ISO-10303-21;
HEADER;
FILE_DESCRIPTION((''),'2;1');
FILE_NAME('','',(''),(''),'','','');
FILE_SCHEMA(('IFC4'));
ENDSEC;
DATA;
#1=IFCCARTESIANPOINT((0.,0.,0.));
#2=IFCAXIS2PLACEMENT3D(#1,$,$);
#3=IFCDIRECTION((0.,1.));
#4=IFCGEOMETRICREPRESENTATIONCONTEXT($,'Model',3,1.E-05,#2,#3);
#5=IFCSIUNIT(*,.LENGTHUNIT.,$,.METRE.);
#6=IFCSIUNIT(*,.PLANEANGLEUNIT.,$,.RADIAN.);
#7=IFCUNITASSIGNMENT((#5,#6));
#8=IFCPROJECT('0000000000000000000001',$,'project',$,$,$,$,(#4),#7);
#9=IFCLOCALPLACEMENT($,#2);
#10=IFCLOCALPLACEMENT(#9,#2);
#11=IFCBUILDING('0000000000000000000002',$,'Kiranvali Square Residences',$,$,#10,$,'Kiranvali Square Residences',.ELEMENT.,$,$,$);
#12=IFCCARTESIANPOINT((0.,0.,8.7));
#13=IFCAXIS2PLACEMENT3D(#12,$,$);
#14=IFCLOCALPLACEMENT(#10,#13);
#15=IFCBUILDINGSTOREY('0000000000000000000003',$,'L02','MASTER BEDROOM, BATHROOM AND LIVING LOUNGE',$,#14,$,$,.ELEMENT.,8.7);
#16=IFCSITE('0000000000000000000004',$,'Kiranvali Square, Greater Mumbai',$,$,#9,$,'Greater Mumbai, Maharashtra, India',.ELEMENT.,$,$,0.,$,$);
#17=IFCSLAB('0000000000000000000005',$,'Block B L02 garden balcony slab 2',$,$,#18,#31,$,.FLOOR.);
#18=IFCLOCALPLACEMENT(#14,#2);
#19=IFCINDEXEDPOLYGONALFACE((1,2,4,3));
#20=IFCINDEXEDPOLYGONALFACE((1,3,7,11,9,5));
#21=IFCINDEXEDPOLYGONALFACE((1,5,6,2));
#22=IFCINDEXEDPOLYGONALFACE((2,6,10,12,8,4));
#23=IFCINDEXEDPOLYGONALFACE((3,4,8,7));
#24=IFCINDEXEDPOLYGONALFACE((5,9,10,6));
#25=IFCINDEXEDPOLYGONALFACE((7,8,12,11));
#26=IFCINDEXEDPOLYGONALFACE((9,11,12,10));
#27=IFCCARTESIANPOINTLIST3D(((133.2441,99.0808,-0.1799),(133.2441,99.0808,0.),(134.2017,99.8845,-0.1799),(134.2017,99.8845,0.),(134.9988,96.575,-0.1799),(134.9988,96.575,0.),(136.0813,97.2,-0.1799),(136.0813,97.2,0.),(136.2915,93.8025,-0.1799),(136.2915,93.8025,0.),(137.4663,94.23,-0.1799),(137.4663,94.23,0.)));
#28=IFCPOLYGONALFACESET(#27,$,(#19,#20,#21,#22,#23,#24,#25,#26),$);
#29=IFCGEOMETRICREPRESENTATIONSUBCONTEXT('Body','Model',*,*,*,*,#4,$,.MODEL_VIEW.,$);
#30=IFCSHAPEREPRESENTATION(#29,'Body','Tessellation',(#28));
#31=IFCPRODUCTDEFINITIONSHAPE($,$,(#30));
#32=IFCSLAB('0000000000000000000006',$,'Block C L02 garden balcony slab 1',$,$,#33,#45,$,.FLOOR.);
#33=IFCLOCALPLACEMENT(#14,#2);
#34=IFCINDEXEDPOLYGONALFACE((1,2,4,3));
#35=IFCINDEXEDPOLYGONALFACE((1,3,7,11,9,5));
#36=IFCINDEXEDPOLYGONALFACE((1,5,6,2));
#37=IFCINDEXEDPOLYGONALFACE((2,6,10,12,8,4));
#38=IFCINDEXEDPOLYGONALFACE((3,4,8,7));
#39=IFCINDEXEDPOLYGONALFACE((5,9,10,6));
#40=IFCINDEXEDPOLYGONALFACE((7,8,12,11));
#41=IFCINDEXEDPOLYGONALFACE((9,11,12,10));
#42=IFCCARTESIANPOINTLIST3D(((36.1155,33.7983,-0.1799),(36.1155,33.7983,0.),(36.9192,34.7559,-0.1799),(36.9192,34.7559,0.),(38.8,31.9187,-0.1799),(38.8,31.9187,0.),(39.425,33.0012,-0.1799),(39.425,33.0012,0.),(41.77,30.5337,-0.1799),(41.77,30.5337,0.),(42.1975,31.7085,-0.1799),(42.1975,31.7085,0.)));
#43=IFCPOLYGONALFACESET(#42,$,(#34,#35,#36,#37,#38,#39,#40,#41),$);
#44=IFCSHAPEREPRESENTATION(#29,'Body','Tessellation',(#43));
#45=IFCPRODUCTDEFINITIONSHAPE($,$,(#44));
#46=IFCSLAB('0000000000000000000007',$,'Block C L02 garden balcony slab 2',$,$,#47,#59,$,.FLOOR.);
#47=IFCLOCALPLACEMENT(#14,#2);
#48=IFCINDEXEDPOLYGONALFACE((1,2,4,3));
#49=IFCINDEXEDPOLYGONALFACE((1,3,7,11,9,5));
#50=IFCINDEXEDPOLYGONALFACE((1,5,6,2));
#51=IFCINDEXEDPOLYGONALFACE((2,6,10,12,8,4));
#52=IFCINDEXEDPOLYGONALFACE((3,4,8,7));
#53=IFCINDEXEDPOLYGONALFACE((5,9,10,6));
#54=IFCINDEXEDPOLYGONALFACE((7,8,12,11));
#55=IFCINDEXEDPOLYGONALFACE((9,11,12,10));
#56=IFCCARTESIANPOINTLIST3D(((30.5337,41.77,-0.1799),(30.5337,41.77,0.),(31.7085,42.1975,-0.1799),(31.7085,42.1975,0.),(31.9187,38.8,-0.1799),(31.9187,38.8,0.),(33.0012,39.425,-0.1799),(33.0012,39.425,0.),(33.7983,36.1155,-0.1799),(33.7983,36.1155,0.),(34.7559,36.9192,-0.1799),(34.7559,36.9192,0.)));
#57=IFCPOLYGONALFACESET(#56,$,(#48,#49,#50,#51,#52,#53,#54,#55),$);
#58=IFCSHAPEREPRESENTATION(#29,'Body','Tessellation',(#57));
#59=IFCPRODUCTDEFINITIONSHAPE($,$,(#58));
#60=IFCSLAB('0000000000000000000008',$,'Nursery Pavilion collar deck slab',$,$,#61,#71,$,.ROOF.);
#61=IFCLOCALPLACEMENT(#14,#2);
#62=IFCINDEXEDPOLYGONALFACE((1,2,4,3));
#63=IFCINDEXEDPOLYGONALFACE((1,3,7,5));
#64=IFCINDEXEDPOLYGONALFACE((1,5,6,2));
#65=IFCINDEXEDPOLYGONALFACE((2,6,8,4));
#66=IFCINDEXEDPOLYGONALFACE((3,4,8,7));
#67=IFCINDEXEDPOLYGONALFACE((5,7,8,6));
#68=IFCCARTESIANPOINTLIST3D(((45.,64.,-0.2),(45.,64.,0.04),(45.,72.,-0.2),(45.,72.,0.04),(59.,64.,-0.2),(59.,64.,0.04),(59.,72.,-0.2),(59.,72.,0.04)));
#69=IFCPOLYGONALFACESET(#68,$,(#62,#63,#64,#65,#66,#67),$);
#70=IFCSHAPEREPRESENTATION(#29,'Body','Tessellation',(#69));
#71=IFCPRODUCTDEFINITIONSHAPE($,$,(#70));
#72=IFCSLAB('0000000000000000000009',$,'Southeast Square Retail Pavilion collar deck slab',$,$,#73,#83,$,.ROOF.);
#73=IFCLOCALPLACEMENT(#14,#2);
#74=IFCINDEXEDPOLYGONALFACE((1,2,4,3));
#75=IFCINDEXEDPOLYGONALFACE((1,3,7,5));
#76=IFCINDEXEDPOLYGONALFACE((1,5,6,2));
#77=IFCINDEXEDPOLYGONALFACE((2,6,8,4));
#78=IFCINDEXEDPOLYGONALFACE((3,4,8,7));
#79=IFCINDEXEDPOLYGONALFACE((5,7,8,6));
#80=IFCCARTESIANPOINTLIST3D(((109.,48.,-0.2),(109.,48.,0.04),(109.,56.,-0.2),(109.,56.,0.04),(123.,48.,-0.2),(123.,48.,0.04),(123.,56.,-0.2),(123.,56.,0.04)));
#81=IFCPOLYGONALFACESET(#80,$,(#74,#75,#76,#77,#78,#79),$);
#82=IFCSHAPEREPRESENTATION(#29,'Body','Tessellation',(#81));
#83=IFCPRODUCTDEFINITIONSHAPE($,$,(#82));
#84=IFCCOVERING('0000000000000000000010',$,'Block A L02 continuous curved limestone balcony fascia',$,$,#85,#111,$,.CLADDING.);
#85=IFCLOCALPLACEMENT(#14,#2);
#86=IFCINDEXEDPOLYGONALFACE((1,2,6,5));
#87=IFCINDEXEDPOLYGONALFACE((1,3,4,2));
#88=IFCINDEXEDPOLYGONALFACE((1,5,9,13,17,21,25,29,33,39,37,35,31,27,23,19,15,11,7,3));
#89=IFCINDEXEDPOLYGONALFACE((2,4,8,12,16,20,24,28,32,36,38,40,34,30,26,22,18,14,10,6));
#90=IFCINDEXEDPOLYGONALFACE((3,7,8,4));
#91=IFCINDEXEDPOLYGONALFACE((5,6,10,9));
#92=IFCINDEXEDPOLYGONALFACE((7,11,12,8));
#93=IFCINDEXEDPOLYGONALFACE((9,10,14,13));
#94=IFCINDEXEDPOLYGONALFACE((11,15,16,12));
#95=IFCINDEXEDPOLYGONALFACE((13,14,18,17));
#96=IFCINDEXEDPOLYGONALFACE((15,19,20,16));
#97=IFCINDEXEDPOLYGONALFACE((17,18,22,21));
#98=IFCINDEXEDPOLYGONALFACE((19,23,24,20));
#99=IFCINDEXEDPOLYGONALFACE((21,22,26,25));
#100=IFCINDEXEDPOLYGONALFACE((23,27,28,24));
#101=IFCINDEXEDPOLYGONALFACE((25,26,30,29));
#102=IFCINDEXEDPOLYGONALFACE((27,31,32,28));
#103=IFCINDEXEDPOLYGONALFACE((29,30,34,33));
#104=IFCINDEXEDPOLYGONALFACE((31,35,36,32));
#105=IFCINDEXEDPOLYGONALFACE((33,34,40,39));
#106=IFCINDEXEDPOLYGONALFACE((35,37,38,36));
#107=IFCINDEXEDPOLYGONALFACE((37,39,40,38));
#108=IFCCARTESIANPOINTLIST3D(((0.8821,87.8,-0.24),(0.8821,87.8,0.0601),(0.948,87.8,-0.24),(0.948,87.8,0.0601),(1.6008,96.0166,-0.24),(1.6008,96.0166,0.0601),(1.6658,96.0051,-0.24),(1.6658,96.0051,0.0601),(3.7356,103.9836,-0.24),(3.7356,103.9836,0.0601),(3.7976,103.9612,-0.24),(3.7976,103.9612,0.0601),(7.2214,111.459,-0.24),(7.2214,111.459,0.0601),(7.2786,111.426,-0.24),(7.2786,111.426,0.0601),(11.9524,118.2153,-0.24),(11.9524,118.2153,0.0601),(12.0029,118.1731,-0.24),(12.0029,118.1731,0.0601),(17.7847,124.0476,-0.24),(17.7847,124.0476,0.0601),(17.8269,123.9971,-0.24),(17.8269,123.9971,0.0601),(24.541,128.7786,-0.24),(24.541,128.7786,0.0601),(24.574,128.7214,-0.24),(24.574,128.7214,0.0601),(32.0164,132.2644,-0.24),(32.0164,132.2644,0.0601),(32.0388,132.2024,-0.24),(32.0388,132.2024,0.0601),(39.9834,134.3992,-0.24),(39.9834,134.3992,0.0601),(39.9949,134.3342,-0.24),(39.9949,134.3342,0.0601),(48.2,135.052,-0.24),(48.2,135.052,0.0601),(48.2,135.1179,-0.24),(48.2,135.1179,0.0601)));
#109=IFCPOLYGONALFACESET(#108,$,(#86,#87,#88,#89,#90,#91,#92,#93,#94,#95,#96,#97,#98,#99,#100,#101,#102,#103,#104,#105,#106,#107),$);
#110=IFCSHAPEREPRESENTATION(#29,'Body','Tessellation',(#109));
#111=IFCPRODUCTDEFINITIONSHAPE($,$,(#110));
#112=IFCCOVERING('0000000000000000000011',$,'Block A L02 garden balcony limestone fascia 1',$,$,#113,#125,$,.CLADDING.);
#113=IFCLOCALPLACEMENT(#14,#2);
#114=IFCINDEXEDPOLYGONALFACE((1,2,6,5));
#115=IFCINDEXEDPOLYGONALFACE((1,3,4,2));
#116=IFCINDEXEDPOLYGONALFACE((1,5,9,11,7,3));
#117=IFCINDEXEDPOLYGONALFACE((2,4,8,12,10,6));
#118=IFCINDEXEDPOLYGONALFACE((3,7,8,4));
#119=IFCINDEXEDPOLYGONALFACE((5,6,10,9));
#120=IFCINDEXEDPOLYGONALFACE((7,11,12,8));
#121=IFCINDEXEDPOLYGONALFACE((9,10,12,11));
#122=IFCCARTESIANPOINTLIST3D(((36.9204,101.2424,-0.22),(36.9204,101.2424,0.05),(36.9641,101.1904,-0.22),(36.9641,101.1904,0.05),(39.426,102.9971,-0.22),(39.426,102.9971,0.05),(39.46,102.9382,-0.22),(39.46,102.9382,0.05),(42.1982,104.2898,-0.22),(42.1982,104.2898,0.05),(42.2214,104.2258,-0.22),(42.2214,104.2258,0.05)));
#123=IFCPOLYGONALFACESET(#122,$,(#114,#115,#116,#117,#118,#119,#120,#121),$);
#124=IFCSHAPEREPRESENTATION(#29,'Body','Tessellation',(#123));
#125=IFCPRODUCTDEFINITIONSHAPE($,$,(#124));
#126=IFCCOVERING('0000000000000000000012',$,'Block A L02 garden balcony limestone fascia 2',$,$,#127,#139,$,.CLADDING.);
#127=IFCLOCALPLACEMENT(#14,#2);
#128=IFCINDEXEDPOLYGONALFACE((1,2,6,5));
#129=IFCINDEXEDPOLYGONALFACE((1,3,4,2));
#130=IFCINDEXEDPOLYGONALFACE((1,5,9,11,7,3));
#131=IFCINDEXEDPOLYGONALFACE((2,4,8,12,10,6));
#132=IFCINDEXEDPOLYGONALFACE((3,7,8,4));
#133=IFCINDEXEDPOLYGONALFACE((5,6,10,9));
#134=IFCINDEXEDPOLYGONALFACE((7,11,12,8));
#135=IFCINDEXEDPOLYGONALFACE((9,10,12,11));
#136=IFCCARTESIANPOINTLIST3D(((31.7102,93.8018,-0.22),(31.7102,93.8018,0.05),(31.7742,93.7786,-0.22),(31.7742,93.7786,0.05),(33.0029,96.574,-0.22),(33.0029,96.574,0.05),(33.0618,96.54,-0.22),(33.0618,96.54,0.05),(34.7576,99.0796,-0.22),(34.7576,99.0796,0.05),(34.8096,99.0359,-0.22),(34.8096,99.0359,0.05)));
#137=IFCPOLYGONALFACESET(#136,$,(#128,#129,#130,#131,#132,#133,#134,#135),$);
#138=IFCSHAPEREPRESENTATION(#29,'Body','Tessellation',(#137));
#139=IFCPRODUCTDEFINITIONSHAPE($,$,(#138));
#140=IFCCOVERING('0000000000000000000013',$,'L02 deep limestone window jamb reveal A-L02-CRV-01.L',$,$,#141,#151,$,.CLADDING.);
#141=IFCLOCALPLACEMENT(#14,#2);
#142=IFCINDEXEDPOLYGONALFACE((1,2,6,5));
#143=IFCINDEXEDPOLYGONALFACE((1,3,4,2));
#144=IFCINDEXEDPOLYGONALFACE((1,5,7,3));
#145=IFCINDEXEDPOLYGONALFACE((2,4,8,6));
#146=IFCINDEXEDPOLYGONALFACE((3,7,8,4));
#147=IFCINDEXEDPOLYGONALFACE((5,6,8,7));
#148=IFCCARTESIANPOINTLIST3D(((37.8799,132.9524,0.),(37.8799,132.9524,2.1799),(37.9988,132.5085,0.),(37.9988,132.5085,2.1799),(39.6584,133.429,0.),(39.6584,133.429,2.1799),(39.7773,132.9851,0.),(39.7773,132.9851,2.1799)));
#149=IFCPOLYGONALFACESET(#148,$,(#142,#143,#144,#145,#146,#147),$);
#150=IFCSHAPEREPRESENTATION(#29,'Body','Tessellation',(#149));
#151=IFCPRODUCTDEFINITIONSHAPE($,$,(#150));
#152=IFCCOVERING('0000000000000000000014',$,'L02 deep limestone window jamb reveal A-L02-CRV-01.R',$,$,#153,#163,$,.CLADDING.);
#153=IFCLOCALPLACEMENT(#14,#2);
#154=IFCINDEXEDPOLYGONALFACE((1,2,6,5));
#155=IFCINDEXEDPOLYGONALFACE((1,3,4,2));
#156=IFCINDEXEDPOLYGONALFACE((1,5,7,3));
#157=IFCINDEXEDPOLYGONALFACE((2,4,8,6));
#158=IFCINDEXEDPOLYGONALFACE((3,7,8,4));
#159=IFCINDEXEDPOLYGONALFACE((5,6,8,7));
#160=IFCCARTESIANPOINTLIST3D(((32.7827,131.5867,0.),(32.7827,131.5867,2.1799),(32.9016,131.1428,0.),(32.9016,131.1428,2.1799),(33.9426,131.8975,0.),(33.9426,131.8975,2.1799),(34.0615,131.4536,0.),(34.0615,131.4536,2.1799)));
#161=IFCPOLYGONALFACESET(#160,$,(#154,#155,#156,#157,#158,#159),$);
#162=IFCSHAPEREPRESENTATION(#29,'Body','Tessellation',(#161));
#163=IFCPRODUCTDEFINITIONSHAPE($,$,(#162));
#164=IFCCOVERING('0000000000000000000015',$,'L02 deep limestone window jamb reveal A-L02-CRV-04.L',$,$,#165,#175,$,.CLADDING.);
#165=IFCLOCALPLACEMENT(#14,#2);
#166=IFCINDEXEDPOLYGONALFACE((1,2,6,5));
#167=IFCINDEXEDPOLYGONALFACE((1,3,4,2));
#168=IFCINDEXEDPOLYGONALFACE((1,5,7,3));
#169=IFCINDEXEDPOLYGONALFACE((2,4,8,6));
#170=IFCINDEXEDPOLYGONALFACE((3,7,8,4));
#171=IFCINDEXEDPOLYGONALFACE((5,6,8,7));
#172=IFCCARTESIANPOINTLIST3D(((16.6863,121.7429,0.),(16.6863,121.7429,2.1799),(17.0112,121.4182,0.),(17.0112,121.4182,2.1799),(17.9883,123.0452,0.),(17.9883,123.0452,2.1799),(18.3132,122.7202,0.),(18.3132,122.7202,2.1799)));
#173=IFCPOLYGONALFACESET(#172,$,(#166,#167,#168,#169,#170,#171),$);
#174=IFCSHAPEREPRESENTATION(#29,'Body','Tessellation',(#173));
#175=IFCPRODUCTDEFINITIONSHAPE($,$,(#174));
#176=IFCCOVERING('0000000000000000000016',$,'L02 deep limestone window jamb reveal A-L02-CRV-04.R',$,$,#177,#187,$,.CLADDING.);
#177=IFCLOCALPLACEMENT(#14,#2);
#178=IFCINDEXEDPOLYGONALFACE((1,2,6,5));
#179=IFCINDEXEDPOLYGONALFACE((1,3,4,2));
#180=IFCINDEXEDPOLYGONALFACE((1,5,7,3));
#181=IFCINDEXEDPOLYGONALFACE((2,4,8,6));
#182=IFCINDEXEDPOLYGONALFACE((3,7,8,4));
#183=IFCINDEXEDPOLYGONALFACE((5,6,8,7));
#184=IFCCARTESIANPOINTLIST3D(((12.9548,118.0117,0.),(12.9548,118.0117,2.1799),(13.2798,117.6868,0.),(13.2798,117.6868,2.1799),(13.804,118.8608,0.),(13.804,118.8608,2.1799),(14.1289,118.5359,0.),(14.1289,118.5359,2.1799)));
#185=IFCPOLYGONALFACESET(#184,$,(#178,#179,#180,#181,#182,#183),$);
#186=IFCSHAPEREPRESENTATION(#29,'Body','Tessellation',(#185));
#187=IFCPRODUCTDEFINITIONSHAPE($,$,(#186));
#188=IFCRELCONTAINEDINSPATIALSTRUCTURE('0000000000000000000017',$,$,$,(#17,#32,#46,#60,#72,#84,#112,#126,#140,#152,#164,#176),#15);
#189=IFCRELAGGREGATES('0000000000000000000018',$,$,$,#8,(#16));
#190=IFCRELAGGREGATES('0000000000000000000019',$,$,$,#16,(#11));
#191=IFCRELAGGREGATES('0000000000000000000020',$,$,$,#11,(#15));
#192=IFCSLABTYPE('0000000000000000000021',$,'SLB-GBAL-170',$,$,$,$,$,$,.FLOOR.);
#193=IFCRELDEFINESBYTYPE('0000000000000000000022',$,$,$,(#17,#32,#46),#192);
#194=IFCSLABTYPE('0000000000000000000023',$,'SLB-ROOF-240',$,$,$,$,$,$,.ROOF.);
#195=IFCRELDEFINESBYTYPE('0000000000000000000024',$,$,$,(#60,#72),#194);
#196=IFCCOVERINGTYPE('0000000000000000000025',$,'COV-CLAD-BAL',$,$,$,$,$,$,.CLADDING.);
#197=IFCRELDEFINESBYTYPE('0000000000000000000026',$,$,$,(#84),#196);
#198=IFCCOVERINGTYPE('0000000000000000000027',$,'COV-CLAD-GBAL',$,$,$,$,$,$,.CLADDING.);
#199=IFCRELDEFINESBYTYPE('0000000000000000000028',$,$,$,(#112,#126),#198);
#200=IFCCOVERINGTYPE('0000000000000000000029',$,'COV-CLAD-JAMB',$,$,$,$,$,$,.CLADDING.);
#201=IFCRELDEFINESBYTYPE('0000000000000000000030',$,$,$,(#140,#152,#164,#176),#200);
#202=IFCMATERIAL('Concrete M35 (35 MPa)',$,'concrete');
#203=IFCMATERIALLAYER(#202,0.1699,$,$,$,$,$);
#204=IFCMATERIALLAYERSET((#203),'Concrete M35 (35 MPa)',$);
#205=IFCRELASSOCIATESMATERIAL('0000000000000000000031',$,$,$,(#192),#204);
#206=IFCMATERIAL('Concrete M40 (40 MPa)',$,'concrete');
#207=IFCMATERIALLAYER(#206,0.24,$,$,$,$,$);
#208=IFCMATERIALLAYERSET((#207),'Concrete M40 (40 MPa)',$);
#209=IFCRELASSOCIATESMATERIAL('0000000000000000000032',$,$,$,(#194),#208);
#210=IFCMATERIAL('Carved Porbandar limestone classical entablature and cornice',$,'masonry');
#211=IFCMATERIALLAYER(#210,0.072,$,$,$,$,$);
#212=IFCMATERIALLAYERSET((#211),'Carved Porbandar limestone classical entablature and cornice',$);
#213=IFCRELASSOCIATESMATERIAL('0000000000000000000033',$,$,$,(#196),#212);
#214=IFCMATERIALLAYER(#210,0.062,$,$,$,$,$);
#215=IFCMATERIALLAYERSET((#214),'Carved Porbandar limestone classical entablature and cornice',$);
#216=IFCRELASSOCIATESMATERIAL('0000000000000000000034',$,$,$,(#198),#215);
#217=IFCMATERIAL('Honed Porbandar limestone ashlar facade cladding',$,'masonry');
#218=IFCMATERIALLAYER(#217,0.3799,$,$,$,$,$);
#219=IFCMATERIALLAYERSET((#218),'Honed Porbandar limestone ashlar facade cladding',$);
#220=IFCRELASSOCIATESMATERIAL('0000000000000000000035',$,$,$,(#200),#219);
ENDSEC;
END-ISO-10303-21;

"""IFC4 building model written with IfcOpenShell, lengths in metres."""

from ifc_helpers import new_model, si_unit, direction, frame, origin, place, context, subcontext, project, spatial, polyline, outline, extrude, material, layer, layer_set, type_object, element, save


model = new_model("IFC4")

# Units and contexts
model_context = context("Model", 3, precision=1e-05, world=origin(), true_north=direction((0.0, 1.0)))
body_context = subcontext(model_context, "Body", "Model", "MODEL_VIEW")
ifc_project = project(units=[si_unit("LENGTHUNIT", "METRE"), si_unit("PLANEANGLEUNIT", "RADIAN")], contexts=[model_context])

# Site, building, storey
site_placement = place(None, origin())
site = spatial("IfcSite", under=ifc_project, at=site_placement, Name="Kiranvali Square, Greater Mumbai", LongName="Greater Mumbai, Maharashtra, India", CompositionType="ELEMENT", RefElevation=0.0)
building_placement = place(site_placement, origin())
building = spatial("IfcBuilding", under=site, at=building_placement, Name="Kiranvali Square Residences", LongName="Kiranvali Square Residences", CompositionType="ELEMENT")
storey_placement = place(building_placement, frame((0.0, 0.0, 8.7)))
storey = spatial("IfcBuildingStorey", under=building, at=storey_placement, Name="L02", Description="MASTER BEDROOM, BATHROOM AND LIVING LOUNGE", CompositionType="ELEMENT", Elevation=8.7)

# Slabs
ifc_material_1 = material(Name="Concrete M35 (35 MPa)", Category="concrete")
ifc_layer_1 = layer(ifc_material_1, 0.1699)
ifc_layer_set_1 = layer_set([ifc_layer_1], Name="Concrete M35 (35 MPa)")
slab_type_1 = type_object("IfcSlabType", Name="SLB-GBAL-170", PredefinedType="FLOOR", material=ifc_layer_set_1)
slab_1_placement = place(storey_placement, frame((0.0, 0.0, -0.1799)))
element("IfcSlab", 1, at=slab_1_placement, inside=storey, type_object=slab_type_1, Name="Block B L02 garden balcony slab 2", PredefinedType="FLOOR", context=body_context, shape_type="SweptSolid", body=[
    extrude(outline(polyline([(133.2441, 99.0808), (134.9988, 96.575), (136.2915, 93.8025), (137.4663, 94.23), (136.0813, 97.2), (134.2017, 99.8845), (133.2441, 99.0808)])), origin(), (0.0, 0.0, 1.0), 0.1799),
])
slab_2_placement = place(storey_placement, frame((0.0, 0.0, -0.1799)))
element("IfcSlab", 2, at=slab_2_placement, inside=storey, type_object=slab_type_1, Name="Block C L02 garden balcony slab 1", PredefinedType="FLOOR", context=body_context, shape_type="SweptSolid", body=[
    extrude(outline(polyline([(42.1975, 31.7085), (39.425, 33.0012), (36.9192, 34.7559), (36.1155, 33.7983), (38.8, 31.9187), (41.77, 30.5337), (42.1975, 31.7085)])), origin(), (0.0, 0.0, 1.0), 0.1799),
])
slab_3_placement = place(storey_placement, frame((0.0, 0.0, -0.1799)))
element("IfcSlab", 3, at=slab_3_placement, inside=storey, type_object=slab_type_1, Name="Block C L02 garden balcony slab 2", PredefinedType="FLOOR", context=body_context, shape_type="SweptSolid", body=[
    extrude(outline(polyline([(34.7559, 36.9192), (33.0012, 39.425), (31.7085, 42.1975), (30.5337, 41.77), (31.9187, 38.8), (33.7983, 36.1155), (34.7559, 36.9192)])), origin(), (0.0, 0.0, 1.0), 0.1799),
])
ifc_material_2 = material(Name="Concrete M40 (40 MPa)", Category="concrete")
ifc_layer_2 = layer(ifc_material_2, 0.24)
ifc_layer_set_2 = layer_set([ifc_layer_2], Name="Concrete M40 (40 MPa)")
slab_type_2 = type_object("IfcSlabType", Name="SLB-ROOF-240", PredefinedType="ROOF", material=ifc_layer_set_2)
slab_4_placement = place(storey_placement, frame((0.0, 0.0, -0.2)))
element("IfcSlab", 4, at=slab_4_placement, inside=storey, type_object=slab_type_2, Name="Nursery Pavilion collar deck slab", PredefinedType="ROOF", context=body_context, shape_type="SweptSolid", body=[
    extrude(outline(polyline([(45.0, 64.0), (59.0, 64.0), (59.0, 72.0), (45.0, 72.0), (45.0, 64.0)])), origin(), (0.0, 0.0, 1.0), 0.24),
])
slab_5_placement = place(storey_placement, frame((0.0, 0.0, -0.2)))
element("IfcSlab", 5, at=slab_5_placement, inside=storey, type_object=slab_type_2, Name="Southeast Square Retail Pavilion collar deck slab", PredefinedType="ROOF", context=body_context, shape_type="SweptSolid", body=[
    extrude(outline(polyline([(109.0, 48.0), (123.0, 48.0), (123.0, 56.0), (109.0, 56.0), (109.0, 48.0)])), origin(), (0.0, 0.0, 1.0), 0.24),
])

# Coverings
ifc_material_3 = material(Name="Carved Porbandar limestone classical entablature and cornice", Category="masonry")
ifc_layer_3 = layer(ifc_material_3, 0.072)
ifc_layer_set_3 = layer_set([ifc_layer_3], Name="Carved Porbandar limestone classical entablature and cornice")
covering_type_1 = type_object("IfcCoveringType", Name="COV-CLAD-BAL", PredefinedType="CLADDING", material=ifc_layer_set_3)
covering_1_placement = place(storey_placement, frame((0.0, 0.0, -0.24)))
element("IfcCovering", 6, at=covering_1_placement, inside=storey, type_object=covering_type_1, Name="Block A L02 continuous curved limestone balcony fascia", PredefinedType="CLADDING", context=body_context, shape_type="SweptSolid", body=[
    extrude(outline(polyline([(48.2, 135.1179), (39.9834, 134.3992), (32.0164, 132.2644), (24.541, 128.7786), (17.7847, 124.0476), (11.9524, 118.2153), (7.2214, 111.459), (3.7356, 103.9836), (1.6008, 96.0166), (0.8821, 87.8), (0.948, 87.8), (1.6658, 96.0051), (3.7976, 103.9612), (7.2786, 111.426), (12.0029, 118.1731), (17.8269, 123.9971), (24.574, 128.7214), (32.0388, 132.2024), (39.9949, 134.3342), (48.2, 135.052), (48.2, 135.1179)])), origin(), (0.0, 0.0, 1.0), 0.3),
])
ifc_layer_4 = layer(ifc_material_3, 0.062)
ifc_layer_set_4 = layer_set([ifc_layer_4], Name="Carved Porbandar limestone classical entablature and cornice")
covering_type_2 = type_object("IfcCoveringType", Name="COV-CLAD-GBAL", PredefinedType="CLADDING", material=ifc_layer_set_4)
covering_2_placement = place(storey_placement, frame((0.0, 0.0, -0.22)))
element("IfcCovering", 7, at=covering_2_placement, inside=storey, type_object=covering_type_2, Name="Block A L02 garden balcony limestone fascia 1", PredefinedType="CLADDING", context=body_context, shape_type="SweptSolid", body=[
    extrude(outline(polyline([(42.1982, 104.2898), (39.426, 102.9971), (36.9204, 101.2424), (36.9641, 101.1904), (39.46, 102.9382), (42.2214, 104.2258), (42.1982, 104.2898)])), origin(), (0.0, 0.0, 1.0), 0.27),
])
covering_3_placement = place(storey_placement, frame((0.0, 0.0, -0.22)))
element("IfcCovering", 8, at=covering_3_placement, inside=storey, type_object=covering_type_2, Name="Block A L02 garden balcony limestone fascia 2", PredefinedType="CLADDING", context=body_context, shape_type="SweptSolid", body=[
    extrude(outline(polyline([(34.7576, 99.0796), (33.0029, 96.574), (31.7102, 93.8018), (31.7742, 93.7786), (33.0618, 96.54), (34.8096, 99.0359), (34.7576, 99.0796)])), origin(), (0.0, 0.0, 1.0), 0.27),
])
ifc_material_4 = material(Name="Honed Porbandar limestone ashlar facade cladding", Category="masonry")
ifc_layer_5 = layer(ifc_material_4, 0.3799)
ifc_layer_set_5 = layer_set([ifc_layer_5], Name="Honed Porbandar limestone ashlar facade cladding")
covering_type_3 = type_object("IfcCoveringType", Name="COV-CLAD-JAMB", PredefinedType="CLADDING", material=ifc_layer_set_5)
covering_4_placement = place(storey_placement, origin())
element("IfcCovering", 9, at=covering_4_placement, inside=storey, type_object=covering_type_3, Name="L02 deep limestone window jamb reveal A-L02-CRV-01.L", PredefinedType="CLADDING", context=body_context, shape_type="SweptSolid", body=[
    extrude(outline(polyline([(39.6584, 133.429), (37.8799, 132.9524), (37.9988, 132.5085), (39.7773, 132.9851), (39.6584, 133.429)])), origin(), (0.0, 0.0, 1.0), 2.1799),
])
covering_5_placement = place(storey_placement, origin())
element("IfcCovering", 10, at=covering_5_placement, inside=storey, type_object=covering_type_3, Name="L02 deep limestone window jamb reveal A-L02-CRV-01.R", PredefinedType="CLADDING", context=body_context, shape_type="SweptSolid", body=[
    extrude(outline(polyline([(33.9426, 131.8975), (32.7827, 131.5867), (32.9016, 131.1428), (34.0615, 131.4536), (33.9426, 131.8975)])), origin(), (0.0, 0.0, 1.0), 2.1799),
])
covering_6_placement = place(storey_placement, origin())
element("IfcCovering", 11, at=covering_6_placement, inside=storey, type_object=covering_type_3, Name="L02 deep limestone window jamb reveal A-L02-CRV-04.L", PredefinedType="CLADDING", context=body_context, shape_type="SweptSolid", body=[
    extrude(outline(polyline([(17.9883, 123.0452), (16.6863, 121.7429), (17.0112, 121.4182), (18.3132, 122.7202), (17.9883, 123.0452)])), origin(), (0.0, 0.0, 1.0), 2.1799),
])
covering_7_placement = place(storey_placement, origin())
element("IfcCovering", 12, at=covering_7_placement, inside=storey, type_object=covering_type_3, Name="L02 deep limestone window jamb reveal A-L02-CRV-04.R", PredefinedType="CLADDING", context=body_context, shape_type="SweptSolid", body=[
    extrude(outline(polyline([(13.804, 118.8608), (12.9548, 118.0117), (13.2798, 117.6868), (14.1289, 118.5359), (13.804, 118.8608)])), origin(), (0.0, 0.0, 1.0), 2.1799),
])

save(model, "model.ifc")
